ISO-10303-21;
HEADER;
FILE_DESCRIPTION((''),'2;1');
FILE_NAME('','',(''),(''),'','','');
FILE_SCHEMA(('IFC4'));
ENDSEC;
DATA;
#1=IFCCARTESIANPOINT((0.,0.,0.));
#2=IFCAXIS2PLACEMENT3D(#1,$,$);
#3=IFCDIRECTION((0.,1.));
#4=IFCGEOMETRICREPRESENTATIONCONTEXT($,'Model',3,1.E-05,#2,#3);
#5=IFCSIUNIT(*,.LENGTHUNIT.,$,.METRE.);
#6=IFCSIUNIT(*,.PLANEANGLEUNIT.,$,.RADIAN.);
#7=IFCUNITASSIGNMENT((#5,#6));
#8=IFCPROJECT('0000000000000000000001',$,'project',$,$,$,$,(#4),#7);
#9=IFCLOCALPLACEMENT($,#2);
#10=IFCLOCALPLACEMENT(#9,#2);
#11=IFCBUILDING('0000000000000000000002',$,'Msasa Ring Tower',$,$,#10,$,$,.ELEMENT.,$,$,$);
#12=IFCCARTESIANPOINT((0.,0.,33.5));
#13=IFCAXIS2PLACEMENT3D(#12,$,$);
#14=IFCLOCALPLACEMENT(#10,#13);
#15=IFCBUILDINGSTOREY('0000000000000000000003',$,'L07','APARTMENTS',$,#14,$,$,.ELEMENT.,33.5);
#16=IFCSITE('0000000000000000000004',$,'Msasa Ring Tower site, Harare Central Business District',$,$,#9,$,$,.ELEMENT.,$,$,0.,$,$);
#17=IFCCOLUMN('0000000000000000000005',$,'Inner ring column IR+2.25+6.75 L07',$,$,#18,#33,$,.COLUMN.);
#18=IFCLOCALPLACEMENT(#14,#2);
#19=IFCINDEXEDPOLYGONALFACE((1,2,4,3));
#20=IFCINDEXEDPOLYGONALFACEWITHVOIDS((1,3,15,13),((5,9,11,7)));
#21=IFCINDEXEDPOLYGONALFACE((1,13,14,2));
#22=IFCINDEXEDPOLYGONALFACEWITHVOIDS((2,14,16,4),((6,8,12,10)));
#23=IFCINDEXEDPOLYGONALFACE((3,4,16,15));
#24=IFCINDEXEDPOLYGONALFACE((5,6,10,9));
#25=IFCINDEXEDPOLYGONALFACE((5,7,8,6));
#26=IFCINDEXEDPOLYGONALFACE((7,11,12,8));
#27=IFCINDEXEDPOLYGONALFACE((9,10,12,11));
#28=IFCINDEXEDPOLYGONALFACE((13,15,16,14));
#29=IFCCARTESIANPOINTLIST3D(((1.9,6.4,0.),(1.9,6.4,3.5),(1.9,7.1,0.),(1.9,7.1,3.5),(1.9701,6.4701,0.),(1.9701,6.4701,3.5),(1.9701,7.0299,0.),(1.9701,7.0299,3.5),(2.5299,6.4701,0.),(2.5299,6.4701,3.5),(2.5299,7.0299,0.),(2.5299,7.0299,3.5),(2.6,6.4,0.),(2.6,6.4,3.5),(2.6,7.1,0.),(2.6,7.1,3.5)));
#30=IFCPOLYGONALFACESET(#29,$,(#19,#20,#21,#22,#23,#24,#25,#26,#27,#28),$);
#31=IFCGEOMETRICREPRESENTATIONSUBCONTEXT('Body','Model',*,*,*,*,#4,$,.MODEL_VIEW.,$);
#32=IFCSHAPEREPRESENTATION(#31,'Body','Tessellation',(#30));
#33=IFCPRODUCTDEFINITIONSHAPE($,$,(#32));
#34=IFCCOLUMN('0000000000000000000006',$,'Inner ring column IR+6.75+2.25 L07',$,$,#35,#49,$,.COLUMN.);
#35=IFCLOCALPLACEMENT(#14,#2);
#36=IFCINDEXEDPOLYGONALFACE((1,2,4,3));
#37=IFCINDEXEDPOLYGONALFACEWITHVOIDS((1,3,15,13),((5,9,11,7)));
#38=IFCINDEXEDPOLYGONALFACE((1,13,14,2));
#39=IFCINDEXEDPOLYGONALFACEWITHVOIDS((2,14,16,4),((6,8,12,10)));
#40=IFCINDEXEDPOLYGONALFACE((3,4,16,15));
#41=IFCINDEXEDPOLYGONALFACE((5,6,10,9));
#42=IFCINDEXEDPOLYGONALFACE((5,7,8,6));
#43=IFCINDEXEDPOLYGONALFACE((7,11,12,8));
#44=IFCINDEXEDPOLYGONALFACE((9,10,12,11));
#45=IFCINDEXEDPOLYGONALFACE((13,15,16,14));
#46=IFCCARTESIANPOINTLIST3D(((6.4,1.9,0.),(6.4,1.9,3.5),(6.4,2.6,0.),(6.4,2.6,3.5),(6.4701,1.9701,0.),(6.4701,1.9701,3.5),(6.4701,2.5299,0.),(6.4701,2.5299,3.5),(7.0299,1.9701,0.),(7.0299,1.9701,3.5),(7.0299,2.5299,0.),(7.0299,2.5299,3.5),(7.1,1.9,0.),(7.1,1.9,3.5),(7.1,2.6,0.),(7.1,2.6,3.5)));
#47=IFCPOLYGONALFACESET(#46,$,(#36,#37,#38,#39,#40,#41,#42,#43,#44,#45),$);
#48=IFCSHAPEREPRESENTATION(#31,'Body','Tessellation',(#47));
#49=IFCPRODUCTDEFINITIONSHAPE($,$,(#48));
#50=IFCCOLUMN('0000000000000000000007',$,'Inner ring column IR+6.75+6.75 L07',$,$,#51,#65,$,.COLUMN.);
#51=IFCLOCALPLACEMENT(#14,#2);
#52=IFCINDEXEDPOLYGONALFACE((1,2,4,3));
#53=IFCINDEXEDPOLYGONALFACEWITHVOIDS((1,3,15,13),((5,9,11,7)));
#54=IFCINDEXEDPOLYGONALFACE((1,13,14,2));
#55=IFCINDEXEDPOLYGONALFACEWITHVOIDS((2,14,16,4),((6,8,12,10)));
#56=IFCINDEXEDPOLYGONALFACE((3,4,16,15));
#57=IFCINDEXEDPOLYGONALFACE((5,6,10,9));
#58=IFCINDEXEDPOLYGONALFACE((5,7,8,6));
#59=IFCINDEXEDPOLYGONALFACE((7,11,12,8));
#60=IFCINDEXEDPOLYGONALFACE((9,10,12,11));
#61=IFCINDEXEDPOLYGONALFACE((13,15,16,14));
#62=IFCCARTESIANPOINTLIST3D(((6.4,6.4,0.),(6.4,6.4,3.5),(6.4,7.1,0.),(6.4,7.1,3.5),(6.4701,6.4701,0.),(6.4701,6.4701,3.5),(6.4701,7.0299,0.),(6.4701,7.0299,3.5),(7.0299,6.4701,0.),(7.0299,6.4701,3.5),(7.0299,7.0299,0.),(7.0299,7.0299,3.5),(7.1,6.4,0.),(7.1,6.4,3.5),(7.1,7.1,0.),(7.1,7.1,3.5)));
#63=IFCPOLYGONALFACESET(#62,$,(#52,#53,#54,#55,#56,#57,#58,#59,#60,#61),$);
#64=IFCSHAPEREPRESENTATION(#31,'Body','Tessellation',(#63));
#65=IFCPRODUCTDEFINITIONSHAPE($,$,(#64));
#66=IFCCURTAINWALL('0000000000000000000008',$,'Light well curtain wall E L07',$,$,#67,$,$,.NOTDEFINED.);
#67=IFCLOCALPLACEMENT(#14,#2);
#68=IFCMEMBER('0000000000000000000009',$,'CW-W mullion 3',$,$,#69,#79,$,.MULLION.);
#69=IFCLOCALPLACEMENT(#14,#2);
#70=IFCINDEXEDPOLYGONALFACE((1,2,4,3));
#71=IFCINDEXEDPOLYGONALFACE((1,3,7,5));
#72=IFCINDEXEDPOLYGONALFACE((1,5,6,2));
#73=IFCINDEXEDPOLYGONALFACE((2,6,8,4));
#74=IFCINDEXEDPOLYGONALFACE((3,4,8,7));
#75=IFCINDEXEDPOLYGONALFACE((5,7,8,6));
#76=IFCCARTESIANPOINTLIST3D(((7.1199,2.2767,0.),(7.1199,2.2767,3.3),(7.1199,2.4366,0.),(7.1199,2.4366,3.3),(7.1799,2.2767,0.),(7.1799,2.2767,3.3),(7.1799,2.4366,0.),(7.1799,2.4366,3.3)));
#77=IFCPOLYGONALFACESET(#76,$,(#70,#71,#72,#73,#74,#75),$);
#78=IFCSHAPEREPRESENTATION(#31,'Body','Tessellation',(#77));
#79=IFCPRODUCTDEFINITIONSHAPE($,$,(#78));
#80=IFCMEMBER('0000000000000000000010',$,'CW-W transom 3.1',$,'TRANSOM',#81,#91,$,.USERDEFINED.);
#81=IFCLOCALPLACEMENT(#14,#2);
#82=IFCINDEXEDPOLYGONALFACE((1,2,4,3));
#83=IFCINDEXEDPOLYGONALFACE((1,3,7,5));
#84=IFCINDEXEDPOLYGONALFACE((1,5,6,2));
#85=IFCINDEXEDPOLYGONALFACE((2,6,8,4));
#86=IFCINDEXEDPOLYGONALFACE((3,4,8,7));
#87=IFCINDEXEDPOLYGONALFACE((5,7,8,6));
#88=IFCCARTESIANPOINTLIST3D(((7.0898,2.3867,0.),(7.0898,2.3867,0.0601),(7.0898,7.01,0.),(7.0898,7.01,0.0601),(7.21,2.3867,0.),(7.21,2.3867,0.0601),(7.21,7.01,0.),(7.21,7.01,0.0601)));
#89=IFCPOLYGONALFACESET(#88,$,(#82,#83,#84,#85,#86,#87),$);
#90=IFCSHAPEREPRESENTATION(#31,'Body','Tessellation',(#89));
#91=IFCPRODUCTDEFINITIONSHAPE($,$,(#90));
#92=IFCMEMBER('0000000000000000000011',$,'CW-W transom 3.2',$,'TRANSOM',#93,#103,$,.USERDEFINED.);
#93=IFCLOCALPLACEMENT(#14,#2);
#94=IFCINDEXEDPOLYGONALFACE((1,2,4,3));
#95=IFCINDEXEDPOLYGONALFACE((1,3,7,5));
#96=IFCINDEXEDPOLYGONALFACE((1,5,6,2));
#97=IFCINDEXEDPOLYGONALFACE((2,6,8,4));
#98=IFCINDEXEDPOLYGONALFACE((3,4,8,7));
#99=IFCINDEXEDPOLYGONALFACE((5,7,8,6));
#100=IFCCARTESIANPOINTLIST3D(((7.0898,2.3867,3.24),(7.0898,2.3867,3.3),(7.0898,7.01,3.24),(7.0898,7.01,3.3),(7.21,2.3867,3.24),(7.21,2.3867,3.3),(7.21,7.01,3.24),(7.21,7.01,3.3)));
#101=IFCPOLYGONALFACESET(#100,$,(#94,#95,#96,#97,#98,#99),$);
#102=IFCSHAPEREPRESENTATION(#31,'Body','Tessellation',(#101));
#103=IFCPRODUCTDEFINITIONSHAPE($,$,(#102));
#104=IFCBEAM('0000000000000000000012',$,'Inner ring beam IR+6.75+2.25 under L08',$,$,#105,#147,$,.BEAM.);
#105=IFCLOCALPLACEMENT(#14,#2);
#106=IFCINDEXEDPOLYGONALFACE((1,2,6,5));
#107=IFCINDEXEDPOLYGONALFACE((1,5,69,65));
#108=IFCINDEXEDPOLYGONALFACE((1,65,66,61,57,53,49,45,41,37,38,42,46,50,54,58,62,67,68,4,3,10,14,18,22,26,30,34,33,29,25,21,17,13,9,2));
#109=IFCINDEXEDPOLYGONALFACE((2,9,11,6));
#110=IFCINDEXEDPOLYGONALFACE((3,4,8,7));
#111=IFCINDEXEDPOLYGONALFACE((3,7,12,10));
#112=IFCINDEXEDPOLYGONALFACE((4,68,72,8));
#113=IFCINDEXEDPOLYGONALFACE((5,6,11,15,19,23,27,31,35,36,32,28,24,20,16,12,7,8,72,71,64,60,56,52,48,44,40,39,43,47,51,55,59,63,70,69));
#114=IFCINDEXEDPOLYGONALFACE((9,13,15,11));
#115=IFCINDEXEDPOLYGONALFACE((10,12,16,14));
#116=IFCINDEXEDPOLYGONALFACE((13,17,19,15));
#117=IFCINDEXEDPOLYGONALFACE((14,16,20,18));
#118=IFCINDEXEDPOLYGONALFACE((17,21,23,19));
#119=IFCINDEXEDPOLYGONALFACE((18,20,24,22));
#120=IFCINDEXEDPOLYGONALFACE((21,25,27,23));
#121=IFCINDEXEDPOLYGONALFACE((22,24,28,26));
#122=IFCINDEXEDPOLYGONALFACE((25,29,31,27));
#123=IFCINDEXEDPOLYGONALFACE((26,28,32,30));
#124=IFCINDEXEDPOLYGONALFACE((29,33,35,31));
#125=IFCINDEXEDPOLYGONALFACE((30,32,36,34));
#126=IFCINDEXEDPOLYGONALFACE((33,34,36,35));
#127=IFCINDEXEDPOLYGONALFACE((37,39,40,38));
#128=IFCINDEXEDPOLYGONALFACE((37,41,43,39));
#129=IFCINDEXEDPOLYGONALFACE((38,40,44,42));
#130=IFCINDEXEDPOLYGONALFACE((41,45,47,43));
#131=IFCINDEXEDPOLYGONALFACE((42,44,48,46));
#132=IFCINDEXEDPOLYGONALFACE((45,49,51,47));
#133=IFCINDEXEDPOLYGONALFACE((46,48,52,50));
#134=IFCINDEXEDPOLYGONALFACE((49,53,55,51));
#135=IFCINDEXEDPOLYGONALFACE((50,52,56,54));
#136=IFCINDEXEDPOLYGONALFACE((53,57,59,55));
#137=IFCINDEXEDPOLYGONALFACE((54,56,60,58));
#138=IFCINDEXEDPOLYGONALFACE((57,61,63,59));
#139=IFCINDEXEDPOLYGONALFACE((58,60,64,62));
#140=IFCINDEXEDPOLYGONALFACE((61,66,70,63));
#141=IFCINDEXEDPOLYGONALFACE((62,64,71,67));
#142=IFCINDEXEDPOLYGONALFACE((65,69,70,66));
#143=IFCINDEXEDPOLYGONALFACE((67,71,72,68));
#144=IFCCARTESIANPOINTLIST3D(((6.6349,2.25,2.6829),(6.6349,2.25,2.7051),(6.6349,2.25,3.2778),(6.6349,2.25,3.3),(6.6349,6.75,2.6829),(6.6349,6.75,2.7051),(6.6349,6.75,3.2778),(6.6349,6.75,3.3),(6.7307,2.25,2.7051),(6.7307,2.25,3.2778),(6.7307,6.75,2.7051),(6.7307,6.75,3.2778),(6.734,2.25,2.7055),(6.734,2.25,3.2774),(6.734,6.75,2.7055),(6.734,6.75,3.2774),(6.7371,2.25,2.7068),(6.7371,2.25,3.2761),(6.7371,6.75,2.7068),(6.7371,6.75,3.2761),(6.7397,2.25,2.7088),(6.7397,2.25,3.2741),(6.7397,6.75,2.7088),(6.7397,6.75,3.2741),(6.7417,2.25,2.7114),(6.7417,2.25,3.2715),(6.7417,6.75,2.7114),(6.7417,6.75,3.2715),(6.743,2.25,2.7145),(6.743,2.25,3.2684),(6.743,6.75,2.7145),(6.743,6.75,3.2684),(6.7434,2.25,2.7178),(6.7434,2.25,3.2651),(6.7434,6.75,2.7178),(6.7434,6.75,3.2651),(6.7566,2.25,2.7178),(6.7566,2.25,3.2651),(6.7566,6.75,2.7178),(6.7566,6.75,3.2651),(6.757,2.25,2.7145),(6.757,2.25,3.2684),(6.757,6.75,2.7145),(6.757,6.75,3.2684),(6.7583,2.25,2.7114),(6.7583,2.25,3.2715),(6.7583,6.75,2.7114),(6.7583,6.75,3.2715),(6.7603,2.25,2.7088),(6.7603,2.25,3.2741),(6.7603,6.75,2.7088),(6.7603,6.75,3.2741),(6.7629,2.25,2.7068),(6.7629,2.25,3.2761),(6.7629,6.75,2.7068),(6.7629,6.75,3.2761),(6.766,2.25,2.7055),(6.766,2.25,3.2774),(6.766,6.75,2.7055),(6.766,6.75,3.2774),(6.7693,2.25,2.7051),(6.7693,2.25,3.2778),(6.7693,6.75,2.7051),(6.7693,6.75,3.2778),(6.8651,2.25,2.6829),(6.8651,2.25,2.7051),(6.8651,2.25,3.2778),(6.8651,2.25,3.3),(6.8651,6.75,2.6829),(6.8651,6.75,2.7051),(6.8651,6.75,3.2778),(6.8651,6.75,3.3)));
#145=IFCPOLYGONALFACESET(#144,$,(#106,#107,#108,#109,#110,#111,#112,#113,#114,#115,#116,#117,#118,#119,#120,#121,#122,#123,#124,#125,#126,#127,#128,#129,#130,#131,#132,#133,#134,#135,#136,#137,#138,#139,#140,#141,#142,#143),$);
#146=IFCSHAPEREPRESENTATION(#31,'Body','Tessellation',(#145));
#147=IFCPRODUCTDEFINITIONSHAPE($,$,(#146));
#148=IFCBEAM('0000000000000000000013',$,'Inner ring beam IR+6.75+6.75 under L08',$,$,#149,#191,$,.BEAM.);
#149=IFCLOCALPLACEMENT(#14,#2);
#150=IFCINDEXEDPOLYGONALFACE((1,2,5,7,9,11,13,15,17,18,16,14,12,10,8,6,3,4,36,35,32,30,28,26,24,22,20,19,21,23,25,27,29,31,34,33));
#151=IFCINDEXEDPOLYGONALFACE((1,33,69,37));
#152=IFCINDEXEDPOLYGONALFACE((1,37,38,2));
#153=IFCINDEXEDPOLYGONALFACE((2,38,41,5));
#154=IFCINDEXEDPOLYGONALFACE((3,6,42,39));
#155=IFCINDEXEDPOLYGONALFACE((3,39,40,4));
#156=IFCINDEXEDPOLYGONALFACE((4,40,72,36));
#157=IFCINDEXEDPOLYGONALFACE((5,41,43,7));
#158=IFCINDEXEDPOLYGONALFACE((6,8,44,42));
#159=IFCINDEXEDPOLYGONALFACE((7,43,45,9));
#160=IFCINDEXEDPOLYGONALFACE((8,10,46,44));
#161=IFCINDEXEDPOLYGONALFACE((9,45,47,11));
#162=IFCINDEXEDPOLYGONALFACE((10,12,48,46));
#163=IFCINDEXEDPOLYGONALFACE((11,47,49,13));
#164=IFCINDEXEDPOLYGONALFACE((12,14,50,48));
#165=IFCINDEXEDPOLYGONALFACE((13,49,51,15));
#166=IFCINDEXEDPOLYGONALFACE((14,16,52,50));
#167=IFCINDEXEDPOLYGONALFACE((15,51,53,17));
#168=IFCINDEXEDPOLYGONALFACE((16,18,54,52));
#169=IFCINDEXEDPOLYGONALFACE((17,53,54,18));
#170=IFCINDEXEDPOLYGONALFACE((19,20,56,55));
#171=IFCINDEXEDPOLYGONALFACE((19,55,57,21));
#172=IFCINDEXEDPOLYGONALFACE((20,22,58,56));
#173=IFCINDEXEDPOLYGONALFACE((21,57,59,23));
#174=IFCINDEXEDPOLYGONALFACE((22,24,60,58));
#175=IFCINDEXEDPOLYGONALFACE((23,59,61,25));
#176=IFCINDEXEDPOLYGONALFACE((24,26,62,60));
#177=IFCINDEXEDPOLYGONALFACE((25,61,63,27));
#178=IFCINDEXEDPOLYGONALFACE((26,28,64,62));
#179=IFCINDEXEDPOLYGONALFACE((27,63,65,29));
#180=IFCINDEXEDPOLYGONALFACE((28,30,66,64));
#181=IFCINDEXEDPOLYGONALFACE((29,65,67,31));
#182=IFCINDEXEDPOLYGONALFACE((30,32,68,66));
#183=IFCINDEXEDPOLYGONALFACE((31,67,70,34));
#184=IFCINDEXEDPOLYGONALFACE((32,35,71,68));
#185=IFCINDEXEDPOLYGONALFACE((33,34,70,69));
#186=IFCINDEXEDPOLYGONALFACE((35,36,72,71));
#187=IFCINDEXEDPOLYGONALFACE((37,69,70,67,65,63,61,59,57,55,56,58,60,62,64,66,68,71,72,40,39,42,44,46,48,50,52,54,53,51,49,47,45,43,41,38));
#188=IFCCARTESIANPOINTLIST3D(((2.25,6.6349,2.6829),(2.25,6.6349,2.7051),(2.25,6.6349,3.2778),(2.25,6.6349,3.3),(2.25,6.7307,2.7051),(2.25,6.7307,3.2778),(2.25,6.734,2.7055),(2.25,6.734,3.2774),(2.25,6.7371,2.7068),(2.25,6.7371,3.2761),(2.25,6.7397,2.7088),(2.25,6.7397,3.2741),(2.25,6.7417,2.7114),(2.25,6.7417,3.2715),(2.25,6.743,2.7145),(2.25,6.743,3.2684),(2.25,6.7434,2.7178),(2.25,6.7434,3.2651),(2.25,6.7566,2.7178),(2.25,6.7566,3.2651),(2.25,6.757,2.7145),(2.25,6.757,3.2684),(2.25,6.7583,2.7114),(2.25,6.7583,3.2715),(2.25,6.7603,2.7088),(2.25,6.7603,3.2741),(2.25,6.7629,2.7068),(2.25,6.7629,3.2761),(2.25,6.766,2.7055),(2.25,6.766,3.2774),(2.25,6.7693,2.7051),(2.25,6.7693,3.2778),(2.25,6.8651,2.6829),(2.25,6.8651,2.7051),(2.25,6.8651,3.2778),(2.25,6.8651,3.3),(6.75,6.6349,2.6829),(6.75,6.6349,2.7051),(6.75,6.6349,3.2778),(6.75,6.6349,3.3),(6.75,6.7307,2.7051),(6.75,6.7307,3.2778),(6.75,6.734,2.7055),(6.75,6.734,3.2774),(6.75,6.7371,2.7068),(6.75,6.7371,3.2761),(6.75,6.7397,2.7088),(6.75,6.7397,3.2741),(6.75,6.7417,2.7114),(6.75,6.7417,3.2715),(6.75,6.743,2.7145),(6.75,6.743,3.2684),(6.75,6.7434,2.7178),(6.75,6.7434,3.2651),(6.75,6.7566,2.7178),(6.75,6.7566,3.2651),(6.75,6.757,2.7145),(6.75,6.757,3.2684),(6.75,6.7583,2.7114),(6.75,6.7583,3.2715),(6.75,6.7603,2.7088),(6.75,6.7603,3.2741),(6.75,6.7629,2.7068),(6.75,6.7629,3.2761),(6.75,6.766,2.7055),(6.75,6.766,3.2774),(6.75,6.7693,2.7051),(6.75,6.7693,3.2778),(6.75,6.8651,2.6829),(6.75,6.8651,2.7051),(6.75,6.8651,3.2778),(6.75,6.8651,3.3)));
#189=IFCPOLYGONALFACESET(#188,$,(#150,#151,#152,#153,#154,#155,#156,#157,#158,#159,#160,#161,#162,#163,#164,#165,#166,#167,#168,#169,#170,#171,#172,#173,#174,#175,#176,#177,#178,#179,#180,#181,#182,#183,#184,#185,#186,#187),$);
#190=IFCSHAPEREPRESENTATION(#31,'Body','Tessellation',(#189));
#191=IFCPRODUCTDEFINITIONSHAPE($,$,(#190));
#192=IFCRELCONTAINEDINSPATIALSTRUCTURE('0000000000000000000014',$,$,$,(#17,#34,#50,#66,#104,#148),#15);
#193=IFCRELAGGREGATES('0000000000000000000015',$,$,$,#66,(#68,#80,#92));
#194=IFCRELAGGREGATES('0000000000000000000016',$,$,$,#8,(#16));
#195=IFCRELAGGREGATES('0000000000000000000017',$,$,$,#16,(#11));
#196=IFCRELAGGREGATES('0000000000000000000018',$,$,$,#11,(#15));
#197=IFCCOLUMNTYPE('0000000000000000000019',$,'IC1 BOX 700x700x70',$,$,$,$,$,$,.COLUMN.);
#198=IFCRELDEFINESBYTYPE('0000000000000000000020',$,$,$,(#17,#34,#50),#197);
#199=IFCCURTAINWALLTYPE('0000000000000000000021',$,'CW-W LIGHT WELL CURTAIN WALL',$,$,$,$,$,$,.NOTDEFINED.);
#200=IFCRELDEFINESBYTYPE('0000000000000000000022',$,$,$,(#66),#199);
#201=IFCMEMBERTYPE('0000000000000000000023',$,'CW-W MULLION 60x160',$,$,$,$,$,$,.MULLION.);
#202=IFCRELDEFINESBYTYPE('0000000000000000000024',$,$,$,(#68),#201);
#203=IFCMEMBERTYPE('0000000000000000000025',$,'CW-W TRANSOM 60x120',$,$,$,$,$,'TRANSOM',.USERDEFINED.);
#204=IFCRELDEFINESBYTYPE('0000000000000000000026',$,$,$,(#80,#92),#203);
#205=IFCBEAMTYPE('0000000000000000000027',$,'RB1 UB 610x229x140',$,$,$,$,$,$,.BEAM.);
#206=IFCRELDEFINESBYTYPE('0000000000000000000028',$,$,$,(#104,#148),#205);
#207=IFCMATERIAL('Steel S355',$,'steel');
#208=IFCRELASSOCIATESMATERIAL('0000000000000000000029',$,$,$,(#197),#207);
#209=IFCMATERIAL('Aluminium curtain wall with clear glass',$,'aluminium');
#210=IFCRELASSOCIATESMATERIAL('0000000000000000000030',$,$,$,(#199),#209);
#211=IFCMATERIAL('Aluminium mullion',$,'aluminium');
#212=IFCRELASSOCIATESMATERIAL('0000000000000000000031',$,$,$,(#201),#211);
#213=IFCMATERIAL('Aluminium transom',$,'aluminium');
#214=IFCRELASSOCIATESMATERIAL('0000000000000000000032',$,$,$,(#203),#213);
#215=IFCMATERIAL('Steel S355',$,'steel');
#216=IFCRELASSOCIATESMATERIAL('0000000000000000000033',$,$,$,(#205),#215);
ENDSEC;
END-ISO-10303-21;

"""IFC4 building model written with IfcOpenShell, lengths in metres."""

from ifc_helpers import new_model, si_unit, direction, frame, origin, origin_2d, place, context, subcontext, project, spatial, rectangle, hollow_rectangle, i_section, extrude, material, material_profile, profile_set, type_object, element, aggregate, save


model = new_model("IFC4")

# Units and contexts
model_context = context("Model", 3, precision=1e-05, world=origin(), true_north=direction((0.0, 1.0)))
body_context = subcontext(model_context, "Body", "Model", "MODEL_VIEW")
ifc_project = project(units=[si_unit("LENGTHUNIT", "METRE"), si_unit("PLANEANGLEUNIT", "RADIAN")], contexts=[model_context])

# Site, building, storey
site_placement = place(None, origin())
site = spatial("IfcSite", under=ifc_project, at=site_placement, Name="Msasa Ring Tower site, Harare Central Business District", CompositionType="ELEMENT", RefElevation=0.0)
building_placement = place(site_placement, origin())
building = spatial("IfcBuilding", under=site, at=building_placement, Name="Msasa Ring Tower", CompositionType="ELEMENT")
storey_placement = place(building_placement, frame((0.0, 0.0, 33.5)))
storey = spatial("IfcBuildingStorey", under=building, at=storey_placement, Name="L07", Description="APARTMENTS", CompositionType="ELEMENT", Elevation=33.5)

# Columns
ifc_material_1 = material(Name="Steel S355", Category="steel")
ifc_material_profile_1 = material_profile(ifc_material_1, hollow_rectangle(XDim=0.7, YDim=0.7, WallThickness=0.0701, at=origin_2d()), Name="BOX 700x700x70")
ifc_profile_set_1 = profile_set([ifc_material_profile_1], Name="Steel S355")
column_type = type_object("IfcColumnType", Name="IC1 BOX 700x700x70", PredefinedType="COLUMN", material=ifc_profile_set_1)
for number, where, z_axis, x_axis, name in (
    (1, (2.25, 6.75, 0.0), (0.0, 0.0, 1.0), (1.0, 0.0, 0.0), "Inner ring column IR+2.25+6.75 L07"),
    (2, (6.75, 2.25, 0.0), (0.0, 0.0, 1.0), (1.0, 0.0, 0.0), "Inner ring column IR+6.75+2.25 L07"),
    (3, (6.75, 6.75, 0.0), (0.0, 0.0, 1.0), (1.0, 0.0, 0.0), "Inner ring column IR+6.75+6.75 L07"),
):
    element("IfcColumn", number, at=place(storey_placement, frame(where, z_axis=z_axis, x_axis=x_axis)), inside=storey, type_object=column_type, Name=name, PredefinedType="COLUMN", context=body_context, shape_type="SweptSolid", body=[
        extrude(hollow_rectangle(XDim=0.7, YDim=0.7, WallThickness=0.0701, at=origin_2d()), origin(), (0.0, 0.0, 1.0), 3.5),
    ])

# Curtain wall, members
ifc_material_2 = material(Name="Aluminium curtain wall with clear glass", Category="aluminium")
curtain_wall_type = type_object("IfcCurtainWallType", Name="CW-W LIGHT WELL CURTAIN WALL", PredefinedType="NOTDEFINED", material=ifc_material_2)
curtain_wall_placement = place(storey_placement, origin())
curtain_wall = element("IfcCurtainWall", 4, at=curtain_wall_placement, inside=storey, type_object=curtain_wall_type, Name="Light well curtain wall E L07", PredefinedType="NOTDEFINED")
ifc_material_3 = material(Name="Aluminium mullion", Category="aluminium")
ifc_material_profile_2 = material_profile(ifc_material_3, rectangle(XDim=0.0601, YDim=0.1599, at=origin_2d()), Name="AL 60x160")
ifc_profile_set_2 = profile_set([ifc_material_profile_2], Name="Aluminium mullion")
member_type_1 = type_object("IfcMemberType", Name="CW-W MULLION 60x160", PredefinedType="MULLION", material=ifc_profile_set_2)
member_1_placement = place(storey_placement, frame((7.1499, 2.3567, 0.0), z_axis=(0.0, 0.0, 1.0), x_axis=(-1.0, 0.0, 0.0)))
member_1 = element("IfcMember", 5, at=member_1_placement, type_object=member_type_1, Name="CW-W mullion 3", PredefinedType="MULLION", context=body_context, shape_type="SweptSolid", body=[
    extrude(rectangle(XDim=0.0601, YDim=0.1599, at=origin_2d()), origin(), (0.0, 0.0, 1.0), 3.3),
])
ifc_material_4 = material(Name="Aluminium transom", Category="aluminium")
ifc_material_profile_3 = material_profile(ifc_material_4, rectangle(XDim=0.1201, YDim=0.0601, at=origin_2d()), Name="AL 60x120")
ifc_profile_set_3 = profile_set([ifc_material_profile_3], Name="Aluminium transom")
member_type_2 = type_object("IfcMemberType", Name="CW-W TRANSOM 60x120", ElementType="TRANSOM", PredefinedType="USERDEFINED", material=ifc_profile_set_3)
member_2_placement = place(storey_placement, frame((7.1499, 2.3867, 0.03), z_axis=(0.0, 1.0, 0.0), x_axis=(-1.0, 0.0, 0.0)))
member_2 = element("IfcMember", 6, at=member_2_placement, type_object=member_type_2, Name="CW-W transom 3.1", ObjectType="TRANSOM", PredefinedType="USERDEFINED", context=body_context, shape_type="SweptSolid", body=[
    extrude(rectangle(XDim=0.1201, YDim=0.0601, at=origin_2d()), origin(), (0.0, 0.0, 1.0), 4.6233),
])
member_3_placement = place(storey_placement, frame((7.1499, 2.3867, 3.27), z_axis=(0.0, 1.0, 0.0), x_axis=(-1.0, 0.0, 0.0)))
member_3 = element("IfcMember", 7, at=member_3_placement, type_object=member_type_2, Name="CW-W transom 3.2", ObjectType="TRANSOM", PredefinedType="USERDEFINED", context=body_context, shape_type="SweptSolid", body=[
    extrude(rectangle(XDim=0.1201, YDim=0.0601, at=origin_2d()), origin(), (0.0, 0.0, 1.0), 4.6233),
])

# Beams
ifc_material_5 = material(Name="Steel S355", Category="steel")
ifc_material_profile_4 = material_profile(ifc_material_5, i_section(OverallWidth=0.2302, OverallDepth=0.6172, WebThickness=0.0132, FlangeThickness=0.0222, FilletRadius=0.0127, at=origin_2d()), Name="UB 610x229x140")
ifc_profile_set_4 = profile_set([ifc_material_profile_4], Name="Steel S355")
beam_type = type_object("IfcBeamType", Name="RB1 UB 610x229x140", PredefinedType="BEAM", material=ifc_profile_set_4)
for number, where, z_axis, x_axis, name in (
    (8, (6.75, 2.25, 2.9915), (0.0, 1.0, 0.0), (-1.0, 0.0, 0.0), "Inner ring beam IR+6.75+2.25 under L08"),
    (9, (6.75, 6.75, 2.9915), (-1.0, 0.0, 0.0), (0.0, -1.0, 0.0), "Inner ring beam IR+6.75+6.75 under L08"),
):
    element("IfcBeam", number, at=place(storey_placement, frame(where, z_axis=z_axis, x_axis=x_axis)), inside=storey, type_object=beam_type, Name=name, PredefinedType="BEAM", context=body_context, shape_type="SweptSolid", body=[
        extrude(i_section(OverallWidth=0.2302, OverallDepth=0.6172, WebThickness=0.0132, FlangeThickness=0.0222, FilletRadius=0.0127, at=origin_2d()), origin(), (0.0, 0.0, 1.0), 4.5),
    ])

aggregate(curtain_wall, [member_1, member_2, member_3])

save(model, "model.ifc")
